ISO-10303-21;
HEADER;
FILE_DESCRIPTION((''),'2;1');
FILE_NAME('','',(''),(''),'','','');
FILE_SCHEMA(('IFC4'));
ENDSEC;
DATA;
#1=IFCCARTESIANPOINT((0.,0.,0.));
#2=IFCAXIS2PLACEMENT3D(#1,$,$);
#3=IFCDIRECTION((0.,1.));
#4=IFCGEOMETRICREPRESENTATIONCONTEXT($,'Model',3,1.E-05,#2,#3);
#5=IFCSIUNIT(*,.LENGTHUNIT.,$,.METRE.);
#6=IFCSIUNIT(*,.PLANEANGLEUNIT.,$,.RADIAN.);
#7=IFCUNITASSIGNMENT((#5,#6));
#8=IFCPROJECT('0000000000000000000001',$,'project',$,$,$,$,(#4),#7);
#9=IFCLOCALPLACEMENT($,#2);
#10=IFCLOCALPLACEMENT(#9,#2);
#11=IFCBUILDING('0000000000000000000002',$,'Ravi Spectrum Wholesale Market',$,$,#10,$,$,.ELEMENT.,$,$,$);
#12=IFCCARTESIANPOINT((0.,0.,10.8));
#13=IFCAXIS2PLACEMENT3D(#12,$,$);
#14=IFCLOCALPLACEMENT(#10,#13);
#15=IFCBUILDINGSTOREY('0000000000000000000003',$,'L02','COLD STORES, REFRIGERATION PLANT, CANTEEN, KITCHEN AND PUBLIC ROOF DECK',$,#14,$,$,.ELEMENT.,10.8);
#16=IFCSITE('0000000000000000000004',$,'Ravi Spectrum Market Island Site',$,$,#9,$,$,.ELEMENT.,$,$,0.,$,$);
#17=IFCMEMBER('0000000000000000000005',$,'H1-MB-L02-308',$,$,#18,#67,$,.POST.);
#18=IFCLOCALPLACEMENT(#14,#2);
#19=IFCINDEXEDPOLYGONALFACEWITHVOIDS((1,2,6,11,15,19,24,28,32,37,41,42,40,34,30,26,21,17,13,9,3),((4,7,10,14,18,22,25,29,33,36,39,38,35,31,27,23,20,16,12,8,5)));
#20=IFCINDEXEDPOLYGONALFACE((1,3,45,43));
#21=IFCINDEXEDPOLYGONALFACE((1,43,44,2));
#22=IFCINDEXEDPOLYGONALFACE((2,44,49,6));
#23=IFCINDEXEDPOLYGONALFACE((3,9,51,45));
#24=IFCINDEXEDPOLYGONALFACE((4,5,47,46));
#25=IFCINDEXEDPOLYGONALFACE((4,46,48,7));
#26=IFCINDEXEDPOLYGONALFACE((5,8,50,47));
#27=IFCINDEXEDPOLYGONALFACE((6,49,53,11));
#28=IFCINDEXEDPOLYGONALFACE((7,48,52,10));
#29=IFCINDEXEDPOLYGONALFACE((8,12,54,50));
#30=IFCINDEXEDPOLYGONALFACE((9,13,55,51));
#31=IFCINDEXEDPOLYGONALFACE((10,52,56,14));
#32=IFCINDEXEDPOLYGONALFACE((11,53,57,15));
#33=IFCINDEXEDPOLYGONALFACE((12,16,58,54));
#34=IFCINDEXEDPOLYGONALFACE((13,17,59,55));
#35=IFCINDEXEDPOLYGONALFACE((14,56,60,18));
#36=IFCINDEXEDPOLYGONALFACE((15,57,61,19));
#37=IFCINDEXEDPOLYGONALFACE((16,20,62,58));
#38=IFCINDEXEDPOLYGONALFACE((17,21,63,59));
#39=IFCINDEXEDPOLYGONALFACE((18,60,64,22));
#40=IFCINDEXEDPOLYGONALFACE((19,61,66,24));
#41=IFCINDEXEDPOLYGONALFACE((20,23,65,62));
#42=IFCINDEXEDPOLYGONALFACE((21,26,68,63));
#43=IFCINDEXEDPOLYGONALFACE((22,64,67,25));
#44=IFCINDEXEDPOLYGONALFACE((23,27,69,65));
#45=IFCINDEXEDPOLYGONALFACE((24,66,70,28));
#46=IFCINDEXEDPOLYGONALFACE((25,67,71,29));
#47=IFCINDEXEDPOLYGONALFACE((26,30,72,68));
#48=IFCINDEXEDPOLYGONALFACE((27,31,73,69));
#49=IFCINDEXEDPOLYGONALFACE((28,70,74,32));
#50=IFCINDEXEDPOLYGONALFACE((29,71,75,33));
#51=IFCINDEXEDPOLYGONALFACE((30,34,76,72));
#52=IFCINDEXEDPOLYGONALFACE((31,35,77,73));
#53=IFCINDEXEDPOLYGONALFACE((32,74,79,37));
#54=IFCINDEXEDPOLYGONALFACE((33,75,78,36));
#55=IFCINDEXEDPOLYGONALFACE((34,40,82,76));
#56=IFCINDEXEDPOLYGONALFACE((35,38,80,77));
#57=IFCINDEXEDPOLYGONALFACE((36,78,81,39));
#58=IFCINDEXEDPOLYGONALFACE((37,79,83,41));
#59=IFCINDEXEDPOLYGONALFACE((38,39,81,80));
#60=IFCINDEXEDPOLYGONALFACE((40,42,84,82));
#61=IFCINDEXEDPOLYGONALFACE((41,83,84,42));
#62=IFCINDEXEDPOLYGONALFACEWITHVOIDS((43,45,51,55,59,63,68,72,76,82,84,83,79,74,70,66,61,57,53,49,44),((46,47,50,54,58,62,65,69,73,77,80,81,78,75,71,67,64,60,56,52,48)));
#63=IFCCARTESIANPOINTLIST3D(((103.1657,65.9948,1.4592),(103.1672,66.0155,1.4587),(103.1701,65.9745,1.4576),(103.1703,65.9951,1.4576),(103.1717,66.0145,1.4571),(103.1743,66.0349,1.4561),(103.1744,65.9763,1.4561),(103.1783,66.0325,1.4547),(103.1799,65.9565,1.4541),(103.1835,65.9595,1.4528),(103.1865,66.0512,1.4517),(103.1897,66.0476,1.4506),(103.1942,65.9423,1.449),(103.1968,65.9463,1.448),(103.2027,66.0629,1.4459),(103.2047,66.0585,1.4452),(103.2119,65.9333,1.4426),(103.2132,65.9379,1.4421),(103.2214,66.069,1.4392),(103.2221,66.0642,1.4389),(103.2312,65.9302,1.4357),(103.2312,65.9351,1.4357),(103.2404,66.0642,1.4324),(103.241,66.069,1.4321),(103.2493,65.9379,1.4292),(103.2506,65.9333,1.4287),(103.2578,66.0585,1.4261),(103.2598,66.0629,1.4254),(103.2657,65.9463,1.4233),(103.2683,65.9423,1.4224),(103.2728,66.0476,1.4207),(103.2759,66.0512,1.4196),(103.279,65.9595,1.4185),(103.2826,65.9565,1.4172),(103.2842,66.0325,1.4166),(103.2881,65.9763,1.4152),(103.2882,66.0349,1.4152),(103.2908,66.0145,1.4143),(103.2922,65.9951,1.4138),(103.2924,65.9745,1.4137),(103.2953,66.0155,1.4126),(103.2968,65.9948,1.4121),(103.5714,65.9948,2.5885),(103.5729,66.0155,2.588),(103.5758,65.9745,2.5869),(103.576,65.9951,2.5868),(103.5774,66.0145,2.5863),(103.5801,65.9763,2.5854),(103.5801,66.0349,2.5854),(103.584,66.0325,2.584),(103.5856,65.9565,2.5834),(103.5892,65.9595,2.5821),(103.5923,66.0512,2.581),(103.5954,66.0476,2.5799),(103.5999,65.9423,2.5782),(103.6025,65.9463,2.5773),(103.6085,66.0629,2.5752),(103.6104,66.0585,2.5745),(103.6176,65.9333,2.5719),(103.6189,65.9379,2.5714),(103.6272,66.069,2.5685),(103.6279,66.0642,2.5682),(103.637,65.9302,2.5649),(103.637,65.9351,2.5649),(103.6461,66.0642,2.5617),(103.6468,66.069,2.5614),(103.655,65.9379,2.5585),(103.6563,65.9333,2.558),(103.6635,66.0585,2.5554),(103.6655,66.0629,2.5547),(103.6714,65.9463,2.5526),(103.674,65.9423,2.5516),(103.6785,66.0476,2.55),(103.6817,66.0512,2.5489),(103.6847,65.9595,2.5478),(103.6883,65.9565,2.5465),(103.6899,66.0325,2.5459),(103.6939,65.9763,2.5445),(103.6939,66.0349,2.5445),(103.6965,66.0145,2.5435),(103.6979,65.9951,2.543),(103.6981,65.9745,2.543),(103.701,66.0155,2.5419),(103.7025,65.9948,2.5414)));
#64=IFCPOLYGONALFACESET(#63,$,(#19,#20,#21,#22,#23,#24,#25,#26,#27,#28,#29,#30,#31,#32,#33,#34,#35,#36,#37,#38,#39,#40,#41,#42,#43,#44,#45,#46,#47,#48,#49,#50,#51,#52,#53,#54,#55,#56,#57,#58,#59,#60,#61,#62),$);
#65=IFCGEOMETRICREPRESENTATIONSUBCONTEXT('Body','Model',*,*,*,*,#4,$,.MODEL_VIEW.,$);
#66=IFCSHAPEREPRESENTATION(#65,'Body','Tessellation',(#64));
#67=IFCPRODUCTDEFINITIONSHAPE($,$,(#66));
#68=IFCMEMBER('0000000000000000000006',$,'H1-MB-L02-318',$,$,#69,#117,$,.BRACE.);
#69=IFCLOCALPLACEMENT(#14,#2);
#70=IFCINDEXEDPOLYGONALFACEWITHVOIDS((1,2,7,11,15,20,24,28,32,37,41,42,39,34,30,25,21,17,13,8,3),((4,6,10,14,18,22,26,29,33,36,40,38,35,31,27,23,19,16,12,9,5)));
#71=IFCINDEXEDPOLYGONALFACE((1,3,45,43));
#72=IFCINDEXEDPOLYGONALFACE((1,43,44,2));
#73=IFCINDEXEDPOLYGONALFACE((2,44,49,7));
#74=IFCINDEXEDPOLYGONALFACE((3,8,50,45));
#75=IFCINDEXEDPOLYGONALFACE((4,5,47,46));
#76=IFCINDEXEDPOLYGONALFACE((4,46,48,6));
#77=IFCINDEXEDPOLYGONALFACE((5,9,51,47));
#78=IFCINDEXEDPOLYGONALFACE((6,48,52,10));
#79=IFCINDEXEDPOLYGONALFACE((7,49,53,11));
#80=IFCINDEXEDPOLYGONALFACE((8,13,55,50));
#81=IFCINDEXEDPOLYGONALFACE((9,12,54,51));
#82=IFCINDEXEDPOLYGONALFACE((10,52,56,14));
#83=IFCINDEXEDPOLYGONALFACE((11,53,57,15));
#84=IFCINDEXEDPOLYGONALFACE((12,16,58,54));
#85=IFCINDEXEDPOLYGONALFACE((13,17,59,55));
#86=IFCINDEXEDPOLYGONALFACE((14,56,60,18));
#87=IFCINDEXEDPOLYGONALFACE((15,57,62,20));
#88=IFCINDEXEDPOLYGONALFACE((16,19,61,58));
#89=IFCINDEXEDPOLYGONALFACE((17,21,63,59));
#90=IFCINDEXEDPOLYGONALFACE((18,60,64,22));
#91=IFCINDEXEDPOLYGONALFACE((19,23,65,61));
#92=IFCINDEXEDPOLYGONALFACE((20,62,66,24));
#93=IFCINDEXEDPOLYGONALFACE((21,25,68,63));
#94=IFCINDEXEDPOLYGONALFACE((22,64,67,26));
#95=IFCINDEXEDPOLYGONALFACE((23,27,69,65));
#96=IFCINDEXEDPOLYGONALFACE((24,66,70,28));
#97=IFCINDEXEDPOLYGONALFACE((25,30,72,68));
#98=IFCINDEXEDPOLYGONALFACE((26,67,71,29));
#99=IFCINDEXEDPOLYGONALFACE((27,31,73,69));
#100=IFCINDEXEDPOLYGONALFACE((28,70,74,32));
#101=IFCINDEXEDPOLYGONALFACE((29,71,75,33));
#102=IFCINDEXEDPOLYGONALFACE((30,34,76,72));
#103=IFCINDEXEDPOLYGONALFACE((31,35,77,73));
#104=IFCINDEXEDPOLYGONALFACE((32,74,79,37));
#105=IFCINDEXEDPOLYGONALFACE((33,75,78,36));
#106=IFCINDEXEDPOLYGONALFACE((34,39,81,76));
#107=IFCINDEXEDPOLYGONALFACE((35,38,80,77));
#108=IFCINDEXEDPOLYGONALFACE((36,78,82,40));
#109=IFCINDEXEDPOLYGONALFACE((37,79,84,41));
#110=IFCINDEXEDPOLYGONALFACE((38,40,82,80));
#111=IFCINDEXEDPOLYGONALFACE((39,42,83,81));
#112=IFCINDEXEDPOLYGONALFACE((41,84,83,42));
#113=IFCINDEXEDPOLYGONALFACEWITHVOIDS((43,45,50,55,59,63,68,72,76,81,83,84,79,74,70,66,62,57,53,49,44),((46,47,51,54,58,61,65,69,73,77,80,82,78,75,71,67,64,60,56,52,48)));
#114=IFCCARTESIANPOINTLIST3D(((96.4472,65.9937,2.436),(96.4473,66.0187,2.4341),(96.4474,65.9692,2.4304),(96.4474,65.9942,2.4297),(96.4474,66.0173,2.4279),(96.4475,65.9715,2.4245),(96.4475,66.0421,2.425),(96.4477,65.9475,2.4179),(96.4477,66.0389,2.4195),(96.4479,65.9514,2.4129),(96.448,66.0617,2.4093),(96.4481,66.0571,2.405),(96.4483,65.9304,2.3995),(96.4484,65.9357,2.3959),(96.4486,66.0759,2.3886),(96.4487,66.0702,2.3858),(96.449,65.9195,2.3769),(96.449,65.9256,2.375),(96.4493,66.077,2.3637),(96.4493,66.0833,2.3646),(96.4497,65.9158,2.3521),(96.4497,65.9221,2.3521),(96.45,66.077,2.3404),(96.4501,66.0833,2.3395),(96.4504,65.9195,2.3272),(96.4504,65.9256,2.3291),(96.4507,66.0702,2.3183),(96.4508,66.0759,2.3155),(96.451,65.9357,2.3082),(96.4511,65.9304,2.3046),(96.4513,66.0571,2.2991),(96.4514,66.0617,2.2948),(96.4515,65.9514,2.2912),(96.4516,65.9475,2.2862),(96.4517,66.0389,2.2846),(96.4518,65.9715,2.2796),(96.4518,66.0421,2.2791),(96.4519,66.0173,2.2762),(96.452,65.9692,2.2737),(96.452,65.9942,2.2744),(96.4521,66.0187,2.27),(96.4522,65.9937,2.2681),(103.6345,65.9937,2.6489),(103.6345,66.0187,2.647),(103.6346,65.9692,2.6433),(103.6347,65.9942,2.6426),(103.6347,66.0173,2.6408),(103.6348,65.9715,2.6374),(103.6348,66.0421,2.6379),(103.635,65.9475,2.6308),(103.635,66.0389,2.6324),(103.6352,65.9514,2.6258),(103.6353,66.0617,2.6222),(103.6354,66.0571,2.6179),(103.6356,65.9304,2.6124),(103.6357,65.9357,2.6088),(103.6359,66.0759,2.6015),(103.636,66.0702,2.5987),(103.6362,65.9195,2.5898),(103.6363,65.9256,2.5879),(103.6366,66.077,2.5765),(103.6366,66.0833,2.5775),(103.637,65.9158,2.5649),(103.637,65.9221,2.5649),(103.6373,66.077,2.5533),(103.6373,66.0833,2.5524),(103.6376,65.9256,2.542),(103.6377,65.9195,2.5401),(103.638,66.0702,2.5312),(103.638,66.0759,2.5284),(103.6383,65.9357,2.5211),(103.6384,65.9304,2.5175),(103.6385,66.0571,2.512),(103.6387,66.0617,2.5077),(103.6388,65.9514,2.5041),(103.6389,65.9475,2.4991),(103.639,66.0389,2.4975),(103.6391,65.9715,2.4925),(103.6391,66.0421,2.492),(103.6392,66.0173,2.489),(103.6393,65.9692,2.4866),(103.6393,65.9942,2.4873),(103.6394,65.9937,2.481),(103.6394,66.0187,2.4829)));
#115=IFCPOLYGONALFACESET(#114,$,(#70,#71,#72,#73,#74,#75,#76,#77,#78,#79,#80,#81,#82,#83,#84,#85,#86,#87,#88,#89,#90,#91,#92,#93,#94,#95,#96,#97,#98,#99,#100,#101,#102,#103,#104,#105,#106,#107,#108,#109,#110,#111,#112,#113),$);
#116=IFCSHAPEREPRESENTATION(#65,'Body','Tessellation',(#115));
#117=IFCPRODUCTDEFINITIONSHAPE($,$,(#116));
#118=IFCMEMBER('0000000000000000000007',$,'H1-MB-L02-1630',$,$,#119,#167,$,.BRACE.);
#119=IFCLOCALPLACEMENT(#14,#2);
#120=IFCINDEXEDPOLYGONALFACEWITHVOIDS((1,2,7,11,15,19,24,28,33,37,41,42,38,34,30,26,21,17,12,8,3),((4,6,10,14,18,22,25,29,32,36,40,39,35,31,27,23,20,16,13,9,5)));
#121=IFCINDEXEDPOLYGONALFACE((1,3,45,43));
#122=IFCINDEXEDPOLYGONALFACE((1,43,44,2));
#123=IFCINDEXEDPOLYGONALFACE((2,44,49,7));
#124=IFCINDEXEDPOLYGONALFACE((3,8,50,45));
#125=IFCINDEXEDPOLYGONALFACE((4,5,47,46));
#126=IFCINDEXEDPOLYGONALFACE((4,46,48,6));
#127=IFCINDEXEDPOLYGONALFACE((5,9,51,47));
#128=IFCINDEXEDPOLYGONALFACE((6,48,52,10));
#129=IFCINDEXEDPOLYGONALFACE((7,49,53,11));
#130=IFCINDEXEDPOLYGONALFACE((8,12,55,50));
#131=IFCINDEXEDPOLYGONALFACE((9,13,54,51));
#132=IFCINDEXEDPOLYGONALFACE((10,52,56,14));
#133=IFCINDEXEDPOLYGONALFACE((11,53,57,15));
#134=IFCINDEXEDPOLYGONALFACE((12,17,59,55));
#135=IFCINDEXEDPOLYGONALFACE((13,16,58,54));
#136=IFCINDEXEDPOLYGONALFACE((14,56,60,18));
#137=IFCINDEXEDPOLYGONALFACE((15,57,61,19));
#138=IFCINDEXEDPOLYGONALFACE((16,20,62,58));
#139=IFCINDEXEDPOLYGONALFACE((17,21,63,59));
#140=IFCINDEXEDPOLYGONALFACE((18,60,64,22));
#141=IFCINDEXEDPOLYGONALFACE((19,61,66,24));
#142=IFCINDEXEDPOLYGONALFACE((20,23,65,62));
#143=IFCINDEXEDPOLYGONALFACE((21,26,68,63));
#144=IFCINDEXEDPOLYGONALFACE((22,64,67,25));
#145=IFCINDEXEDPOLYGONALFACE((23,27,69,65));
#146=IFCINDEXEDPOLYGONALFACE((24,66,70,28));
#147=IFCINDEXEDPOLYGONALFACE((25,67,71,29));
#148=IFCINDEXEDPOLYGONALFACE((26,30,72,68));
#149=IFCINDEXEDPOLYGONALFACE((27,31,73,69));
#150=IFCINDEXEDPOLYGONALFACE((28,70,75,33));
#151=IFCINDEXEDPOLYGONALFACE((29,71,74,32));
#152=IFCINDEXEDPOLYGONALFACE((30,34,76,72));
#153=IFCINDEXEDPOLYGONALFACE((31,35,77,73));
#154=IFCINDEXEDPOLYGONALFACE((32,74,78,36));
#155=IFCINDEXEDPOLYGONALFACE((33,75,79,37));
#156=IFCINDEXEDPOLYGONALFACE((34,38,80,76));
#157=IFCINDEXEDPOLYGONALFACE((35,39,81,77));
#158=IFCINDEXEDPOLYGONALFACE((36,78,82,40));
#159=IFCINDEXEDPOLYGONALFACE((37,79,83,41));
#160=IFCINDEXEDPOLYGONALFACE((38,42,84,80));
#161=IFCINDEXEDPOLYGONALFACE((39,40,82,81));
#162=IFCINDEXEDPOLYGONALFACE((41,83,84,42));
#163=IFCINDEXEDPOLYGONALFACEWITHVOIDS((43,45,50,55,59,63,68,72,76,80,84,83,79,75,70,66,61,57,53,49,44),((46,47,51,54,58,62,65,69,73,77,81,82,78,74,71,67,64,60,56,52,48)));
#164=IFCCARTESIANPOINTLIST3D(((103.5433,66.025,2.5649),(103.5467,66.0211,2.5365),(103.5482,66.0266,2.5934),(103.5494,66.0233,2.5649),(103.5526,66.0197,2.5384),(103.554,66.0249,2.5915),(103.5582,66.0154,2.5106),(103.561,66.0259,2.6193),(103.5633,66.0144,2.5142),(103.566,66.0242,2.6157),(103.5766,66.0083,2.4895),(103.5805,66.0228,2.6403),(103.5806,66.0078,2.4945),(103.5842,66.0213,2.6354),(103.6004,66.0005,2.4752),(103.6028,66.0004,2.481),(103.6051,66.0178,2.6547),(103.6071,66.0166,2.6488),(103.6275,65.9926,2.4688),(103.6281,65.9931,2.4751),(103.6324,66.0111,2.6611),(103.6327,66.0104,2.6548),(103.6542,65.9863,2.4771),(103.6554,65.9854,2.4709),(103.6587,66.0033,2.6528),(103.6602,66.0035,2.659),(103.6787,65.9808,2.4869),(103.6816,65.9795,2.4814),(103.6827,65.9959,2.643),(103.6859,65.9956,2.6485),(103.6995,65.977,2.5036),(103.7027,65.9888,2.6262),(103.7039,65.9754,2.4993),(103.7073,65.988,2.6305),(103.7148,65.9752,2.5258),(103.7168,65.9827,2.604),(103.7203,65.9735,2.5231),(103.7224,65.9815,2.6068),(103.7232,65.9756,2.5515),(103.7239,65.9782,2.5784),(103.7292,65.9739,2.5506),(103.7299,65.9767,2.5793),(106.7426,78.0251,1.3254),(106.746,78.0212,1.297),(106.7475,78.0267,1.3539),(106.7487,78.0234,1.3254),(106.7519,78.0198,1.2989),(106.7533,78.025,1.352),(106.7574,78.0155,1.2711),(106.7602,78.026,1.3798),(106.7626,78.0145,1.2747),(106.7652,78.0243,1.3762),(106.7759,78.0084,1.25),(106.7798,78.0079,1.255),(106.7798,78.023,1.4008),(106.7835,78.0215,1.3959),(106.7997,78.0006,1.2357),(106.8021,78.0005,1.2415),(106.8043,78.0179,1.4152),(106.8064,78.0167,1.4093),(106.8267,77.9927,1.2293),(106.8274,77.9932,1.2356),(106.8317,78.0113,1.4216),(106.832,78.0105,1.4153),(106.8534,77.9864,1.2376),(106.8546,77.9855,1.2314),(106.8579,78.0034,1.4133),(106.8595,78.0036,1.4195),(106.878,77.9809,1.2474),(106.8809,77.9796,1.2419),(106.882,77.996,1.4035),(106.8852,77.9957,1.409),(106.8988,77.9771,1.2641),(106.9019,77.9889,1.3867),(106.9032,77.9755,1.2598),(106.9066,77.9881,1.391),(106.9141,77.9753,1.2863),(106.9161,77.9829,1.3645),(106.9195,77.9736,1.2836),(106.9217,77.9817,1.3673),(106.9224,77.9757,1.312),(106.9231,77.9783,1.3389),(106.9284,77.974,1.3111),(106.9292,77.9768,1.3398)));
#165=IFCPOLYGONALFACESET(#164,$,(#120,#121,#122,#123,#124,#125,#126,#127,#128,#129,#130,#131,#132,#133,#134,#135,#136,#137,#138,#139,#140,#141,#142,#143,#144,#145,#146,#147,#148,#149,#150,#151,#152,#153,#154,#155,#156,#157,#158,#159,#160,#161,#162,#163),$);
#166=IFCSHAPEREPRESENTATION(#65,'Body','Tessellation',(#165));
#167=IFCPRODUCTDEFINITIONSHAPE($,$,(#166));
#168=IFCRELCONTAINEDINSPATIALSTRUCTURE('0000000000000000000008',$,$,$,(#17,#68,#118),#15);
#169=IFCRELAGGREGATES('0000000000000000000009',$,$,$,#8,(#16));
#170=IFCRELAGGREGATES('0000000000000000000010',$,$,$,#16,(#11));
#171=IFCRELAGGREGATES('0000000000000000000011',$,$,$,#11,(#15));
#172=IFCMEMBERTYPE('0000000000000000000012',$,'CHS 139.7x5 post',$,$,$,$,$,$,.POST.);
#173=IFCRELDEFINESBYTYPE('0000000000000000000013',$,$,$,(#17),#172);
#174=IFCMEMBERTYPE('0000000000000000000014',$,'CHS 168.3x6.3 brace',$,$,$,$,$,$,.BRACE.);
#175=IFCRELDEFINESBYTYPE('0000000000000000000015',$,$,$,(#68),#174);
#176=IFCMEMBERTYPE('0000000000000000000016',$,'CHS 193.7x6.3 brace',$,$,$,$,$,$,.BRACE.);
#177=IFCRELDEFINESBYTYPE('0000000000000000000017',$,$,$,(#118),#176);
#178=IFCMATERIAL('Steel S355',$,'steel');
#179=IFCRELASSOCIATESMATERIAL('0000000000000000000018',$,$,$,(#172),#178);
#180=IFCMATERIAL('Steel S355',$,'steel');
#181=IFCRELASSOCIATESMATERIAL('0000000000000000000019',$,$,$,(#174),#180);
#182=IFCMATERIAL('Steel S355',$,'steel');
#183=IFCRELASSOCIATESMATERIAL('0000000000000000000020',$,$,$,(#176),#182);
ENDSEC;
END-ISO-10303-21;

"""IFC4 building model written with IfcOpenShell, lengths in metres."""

from ifc_helpers import new_model, si_unit, direction, frame, origin, origin_2d, place, context, subcontext, project, spatial, hollow_circle, extrude, material, material_profile, profile_set, type_object, element, save


model = new_model("IFC4")

# Units and contexts
model_context = context("Model", 3, precision=1e-05, world=origin(), true_north=direction((0.0, 1.0)))
body_context = subcontext(model_context, "Body", "Model", "MODEL_VIEW")
ifc_project = project(units=[si_unit("LENGTHUNIT", "METRE"), si_unit("PLANEANGLEUNIT", "RADIAN")], contexts=[model_context])

# Site, building, storey
site_placement = place(None, origin())
site = spatial("IfcSite", under=ifc_project, at=site_placement, Name="Ravi Spectrum Market Island Site", CompositionType="ELEMENT", RefElevation=0.0)
building_placement = place(site_placement, origin())
building = spatial("IfcBuilding", under=site, at=building_placement, Name="Ravi Spectrum Wholesale Market", CompositionType="ELEMENT")
storey_placement = place(building_placement, frame((0.0, 0.0, 10.8)))
storey = spatial("IfcBuildingStorey", under=building, at=storey_placement, Name="L02", Description="COLD STORES, REFRIGERATION PLANT, CANTEEN, KITCHEN AND PUBLIC ROOF DECK", CompositionType="ELEMENT", Elevation=10.8)

# Members
ifc_material_1 = material(Name="Steel S355", Category="steel")
ifc_material_profile_1 = material_profile(ifc_material_1, hollow_circle(Radius=0.0698, WallThickness=0.0049, at=origin_2d()))
ifc_profile_set_1 = profile_set([ifc_material_profile_1], Name="Steel S355")
member_type_1 = type_object("IfcMemberType", Name="CHS 139.7x5 post", PredefinedType="POST", material=ifc_profile_set_1)
member_1_placement = place(storey_placement, frame((103.637, 66.0, 2.5649), z_axis=(-0.338114, 0.0, -0.941105), x_axis=(0.0, -1.0, 0.0)))
element("IfcMember", 1, at=member_1_placement, inside=storey, type_object=member_type_1, Name="H1-MB-L02-308", PredefinedType="POST", context=body_context, shape_type="SweptSolid", body=[
    extrude(hollow_circle(Radius=0.0698, WallThickness=0.0049, at=origin_2d()), origin(), (0.0, 0.0, 1.0), 1.2),
])
ifc_material_2 = material(Name="Steel S355", Category="steel")
ifc_material_profile_2 = material_profile(ifc_material_2, hollow_circle(Radius=0.0842, WallThickness=0.0063, at=origin_2d()))
ifc_profile_set_2 = profile_set([ifc_material_profile_2], Name="Steel S355")
member_type_2 = type_object("IfcMemberType", Name="CHS 168.3x6.3 brace", PredefinedType="BRACE", material=ifc_profile_set_2)
member_2_placement = place(storey_placement, frame((103.637, 66.0, 2.5649), z_axis=(-0.999562, 0.0, -0.029608), x_axis=(0.0, -1.0, 0.0)))
element("IfcMember", 2, at=member_2_placement, inside=storey, type_object=member_type_2, Name="H1-MB-L02-318", PredefinedType="BRACE", context=body_context, shape_type="SweptSolid", body=[
    extrude(hollow_circle(Radius=0.0842, WallThickness=0.0063, at=origin_2d()), origin(), (0.0, 0.0, 1.0), 7.1904),
])
ifc_material_3 = material(Name="Steel S355", Category="steel")
ifc_material_profile_3 = material_profile(ifc_material_3, hollow_circle(Radius=0.0969, WallThickness=0.0063, at=origin_2d()))
ifc_profile_set_3 = profile_set([ifc_material_profile_3], Name="Steel S355")
member_type_3 = type_object("IfcMemberType", Name="CHS 193.7x6.3 brace", PredefinedType="BRACE", material=ifc_profile_set_3)
member_3_placement = place(storey_placement, frame((103.637, 66.0, 2.5649), z_axis=(0.25633, 0.961474, -0.099312), x_axis=(-0.966251, 0.257604, 0.0)))
element("IfcMember", 3, at=member_3_placement, inside=storey, type_object=member_type_3, Name="H1-MB-L02-1630", PredefinedType="BRACE", context=body_context, shape_type="SweptSolid", body=[
    extrude(hollow_circle(Radius=0.0969, WallThickness=0.0063, at=origin_2d()), origin(), (0.0, 0.0, 1.0), 12.481),
])

save(model, "model.ifc")
